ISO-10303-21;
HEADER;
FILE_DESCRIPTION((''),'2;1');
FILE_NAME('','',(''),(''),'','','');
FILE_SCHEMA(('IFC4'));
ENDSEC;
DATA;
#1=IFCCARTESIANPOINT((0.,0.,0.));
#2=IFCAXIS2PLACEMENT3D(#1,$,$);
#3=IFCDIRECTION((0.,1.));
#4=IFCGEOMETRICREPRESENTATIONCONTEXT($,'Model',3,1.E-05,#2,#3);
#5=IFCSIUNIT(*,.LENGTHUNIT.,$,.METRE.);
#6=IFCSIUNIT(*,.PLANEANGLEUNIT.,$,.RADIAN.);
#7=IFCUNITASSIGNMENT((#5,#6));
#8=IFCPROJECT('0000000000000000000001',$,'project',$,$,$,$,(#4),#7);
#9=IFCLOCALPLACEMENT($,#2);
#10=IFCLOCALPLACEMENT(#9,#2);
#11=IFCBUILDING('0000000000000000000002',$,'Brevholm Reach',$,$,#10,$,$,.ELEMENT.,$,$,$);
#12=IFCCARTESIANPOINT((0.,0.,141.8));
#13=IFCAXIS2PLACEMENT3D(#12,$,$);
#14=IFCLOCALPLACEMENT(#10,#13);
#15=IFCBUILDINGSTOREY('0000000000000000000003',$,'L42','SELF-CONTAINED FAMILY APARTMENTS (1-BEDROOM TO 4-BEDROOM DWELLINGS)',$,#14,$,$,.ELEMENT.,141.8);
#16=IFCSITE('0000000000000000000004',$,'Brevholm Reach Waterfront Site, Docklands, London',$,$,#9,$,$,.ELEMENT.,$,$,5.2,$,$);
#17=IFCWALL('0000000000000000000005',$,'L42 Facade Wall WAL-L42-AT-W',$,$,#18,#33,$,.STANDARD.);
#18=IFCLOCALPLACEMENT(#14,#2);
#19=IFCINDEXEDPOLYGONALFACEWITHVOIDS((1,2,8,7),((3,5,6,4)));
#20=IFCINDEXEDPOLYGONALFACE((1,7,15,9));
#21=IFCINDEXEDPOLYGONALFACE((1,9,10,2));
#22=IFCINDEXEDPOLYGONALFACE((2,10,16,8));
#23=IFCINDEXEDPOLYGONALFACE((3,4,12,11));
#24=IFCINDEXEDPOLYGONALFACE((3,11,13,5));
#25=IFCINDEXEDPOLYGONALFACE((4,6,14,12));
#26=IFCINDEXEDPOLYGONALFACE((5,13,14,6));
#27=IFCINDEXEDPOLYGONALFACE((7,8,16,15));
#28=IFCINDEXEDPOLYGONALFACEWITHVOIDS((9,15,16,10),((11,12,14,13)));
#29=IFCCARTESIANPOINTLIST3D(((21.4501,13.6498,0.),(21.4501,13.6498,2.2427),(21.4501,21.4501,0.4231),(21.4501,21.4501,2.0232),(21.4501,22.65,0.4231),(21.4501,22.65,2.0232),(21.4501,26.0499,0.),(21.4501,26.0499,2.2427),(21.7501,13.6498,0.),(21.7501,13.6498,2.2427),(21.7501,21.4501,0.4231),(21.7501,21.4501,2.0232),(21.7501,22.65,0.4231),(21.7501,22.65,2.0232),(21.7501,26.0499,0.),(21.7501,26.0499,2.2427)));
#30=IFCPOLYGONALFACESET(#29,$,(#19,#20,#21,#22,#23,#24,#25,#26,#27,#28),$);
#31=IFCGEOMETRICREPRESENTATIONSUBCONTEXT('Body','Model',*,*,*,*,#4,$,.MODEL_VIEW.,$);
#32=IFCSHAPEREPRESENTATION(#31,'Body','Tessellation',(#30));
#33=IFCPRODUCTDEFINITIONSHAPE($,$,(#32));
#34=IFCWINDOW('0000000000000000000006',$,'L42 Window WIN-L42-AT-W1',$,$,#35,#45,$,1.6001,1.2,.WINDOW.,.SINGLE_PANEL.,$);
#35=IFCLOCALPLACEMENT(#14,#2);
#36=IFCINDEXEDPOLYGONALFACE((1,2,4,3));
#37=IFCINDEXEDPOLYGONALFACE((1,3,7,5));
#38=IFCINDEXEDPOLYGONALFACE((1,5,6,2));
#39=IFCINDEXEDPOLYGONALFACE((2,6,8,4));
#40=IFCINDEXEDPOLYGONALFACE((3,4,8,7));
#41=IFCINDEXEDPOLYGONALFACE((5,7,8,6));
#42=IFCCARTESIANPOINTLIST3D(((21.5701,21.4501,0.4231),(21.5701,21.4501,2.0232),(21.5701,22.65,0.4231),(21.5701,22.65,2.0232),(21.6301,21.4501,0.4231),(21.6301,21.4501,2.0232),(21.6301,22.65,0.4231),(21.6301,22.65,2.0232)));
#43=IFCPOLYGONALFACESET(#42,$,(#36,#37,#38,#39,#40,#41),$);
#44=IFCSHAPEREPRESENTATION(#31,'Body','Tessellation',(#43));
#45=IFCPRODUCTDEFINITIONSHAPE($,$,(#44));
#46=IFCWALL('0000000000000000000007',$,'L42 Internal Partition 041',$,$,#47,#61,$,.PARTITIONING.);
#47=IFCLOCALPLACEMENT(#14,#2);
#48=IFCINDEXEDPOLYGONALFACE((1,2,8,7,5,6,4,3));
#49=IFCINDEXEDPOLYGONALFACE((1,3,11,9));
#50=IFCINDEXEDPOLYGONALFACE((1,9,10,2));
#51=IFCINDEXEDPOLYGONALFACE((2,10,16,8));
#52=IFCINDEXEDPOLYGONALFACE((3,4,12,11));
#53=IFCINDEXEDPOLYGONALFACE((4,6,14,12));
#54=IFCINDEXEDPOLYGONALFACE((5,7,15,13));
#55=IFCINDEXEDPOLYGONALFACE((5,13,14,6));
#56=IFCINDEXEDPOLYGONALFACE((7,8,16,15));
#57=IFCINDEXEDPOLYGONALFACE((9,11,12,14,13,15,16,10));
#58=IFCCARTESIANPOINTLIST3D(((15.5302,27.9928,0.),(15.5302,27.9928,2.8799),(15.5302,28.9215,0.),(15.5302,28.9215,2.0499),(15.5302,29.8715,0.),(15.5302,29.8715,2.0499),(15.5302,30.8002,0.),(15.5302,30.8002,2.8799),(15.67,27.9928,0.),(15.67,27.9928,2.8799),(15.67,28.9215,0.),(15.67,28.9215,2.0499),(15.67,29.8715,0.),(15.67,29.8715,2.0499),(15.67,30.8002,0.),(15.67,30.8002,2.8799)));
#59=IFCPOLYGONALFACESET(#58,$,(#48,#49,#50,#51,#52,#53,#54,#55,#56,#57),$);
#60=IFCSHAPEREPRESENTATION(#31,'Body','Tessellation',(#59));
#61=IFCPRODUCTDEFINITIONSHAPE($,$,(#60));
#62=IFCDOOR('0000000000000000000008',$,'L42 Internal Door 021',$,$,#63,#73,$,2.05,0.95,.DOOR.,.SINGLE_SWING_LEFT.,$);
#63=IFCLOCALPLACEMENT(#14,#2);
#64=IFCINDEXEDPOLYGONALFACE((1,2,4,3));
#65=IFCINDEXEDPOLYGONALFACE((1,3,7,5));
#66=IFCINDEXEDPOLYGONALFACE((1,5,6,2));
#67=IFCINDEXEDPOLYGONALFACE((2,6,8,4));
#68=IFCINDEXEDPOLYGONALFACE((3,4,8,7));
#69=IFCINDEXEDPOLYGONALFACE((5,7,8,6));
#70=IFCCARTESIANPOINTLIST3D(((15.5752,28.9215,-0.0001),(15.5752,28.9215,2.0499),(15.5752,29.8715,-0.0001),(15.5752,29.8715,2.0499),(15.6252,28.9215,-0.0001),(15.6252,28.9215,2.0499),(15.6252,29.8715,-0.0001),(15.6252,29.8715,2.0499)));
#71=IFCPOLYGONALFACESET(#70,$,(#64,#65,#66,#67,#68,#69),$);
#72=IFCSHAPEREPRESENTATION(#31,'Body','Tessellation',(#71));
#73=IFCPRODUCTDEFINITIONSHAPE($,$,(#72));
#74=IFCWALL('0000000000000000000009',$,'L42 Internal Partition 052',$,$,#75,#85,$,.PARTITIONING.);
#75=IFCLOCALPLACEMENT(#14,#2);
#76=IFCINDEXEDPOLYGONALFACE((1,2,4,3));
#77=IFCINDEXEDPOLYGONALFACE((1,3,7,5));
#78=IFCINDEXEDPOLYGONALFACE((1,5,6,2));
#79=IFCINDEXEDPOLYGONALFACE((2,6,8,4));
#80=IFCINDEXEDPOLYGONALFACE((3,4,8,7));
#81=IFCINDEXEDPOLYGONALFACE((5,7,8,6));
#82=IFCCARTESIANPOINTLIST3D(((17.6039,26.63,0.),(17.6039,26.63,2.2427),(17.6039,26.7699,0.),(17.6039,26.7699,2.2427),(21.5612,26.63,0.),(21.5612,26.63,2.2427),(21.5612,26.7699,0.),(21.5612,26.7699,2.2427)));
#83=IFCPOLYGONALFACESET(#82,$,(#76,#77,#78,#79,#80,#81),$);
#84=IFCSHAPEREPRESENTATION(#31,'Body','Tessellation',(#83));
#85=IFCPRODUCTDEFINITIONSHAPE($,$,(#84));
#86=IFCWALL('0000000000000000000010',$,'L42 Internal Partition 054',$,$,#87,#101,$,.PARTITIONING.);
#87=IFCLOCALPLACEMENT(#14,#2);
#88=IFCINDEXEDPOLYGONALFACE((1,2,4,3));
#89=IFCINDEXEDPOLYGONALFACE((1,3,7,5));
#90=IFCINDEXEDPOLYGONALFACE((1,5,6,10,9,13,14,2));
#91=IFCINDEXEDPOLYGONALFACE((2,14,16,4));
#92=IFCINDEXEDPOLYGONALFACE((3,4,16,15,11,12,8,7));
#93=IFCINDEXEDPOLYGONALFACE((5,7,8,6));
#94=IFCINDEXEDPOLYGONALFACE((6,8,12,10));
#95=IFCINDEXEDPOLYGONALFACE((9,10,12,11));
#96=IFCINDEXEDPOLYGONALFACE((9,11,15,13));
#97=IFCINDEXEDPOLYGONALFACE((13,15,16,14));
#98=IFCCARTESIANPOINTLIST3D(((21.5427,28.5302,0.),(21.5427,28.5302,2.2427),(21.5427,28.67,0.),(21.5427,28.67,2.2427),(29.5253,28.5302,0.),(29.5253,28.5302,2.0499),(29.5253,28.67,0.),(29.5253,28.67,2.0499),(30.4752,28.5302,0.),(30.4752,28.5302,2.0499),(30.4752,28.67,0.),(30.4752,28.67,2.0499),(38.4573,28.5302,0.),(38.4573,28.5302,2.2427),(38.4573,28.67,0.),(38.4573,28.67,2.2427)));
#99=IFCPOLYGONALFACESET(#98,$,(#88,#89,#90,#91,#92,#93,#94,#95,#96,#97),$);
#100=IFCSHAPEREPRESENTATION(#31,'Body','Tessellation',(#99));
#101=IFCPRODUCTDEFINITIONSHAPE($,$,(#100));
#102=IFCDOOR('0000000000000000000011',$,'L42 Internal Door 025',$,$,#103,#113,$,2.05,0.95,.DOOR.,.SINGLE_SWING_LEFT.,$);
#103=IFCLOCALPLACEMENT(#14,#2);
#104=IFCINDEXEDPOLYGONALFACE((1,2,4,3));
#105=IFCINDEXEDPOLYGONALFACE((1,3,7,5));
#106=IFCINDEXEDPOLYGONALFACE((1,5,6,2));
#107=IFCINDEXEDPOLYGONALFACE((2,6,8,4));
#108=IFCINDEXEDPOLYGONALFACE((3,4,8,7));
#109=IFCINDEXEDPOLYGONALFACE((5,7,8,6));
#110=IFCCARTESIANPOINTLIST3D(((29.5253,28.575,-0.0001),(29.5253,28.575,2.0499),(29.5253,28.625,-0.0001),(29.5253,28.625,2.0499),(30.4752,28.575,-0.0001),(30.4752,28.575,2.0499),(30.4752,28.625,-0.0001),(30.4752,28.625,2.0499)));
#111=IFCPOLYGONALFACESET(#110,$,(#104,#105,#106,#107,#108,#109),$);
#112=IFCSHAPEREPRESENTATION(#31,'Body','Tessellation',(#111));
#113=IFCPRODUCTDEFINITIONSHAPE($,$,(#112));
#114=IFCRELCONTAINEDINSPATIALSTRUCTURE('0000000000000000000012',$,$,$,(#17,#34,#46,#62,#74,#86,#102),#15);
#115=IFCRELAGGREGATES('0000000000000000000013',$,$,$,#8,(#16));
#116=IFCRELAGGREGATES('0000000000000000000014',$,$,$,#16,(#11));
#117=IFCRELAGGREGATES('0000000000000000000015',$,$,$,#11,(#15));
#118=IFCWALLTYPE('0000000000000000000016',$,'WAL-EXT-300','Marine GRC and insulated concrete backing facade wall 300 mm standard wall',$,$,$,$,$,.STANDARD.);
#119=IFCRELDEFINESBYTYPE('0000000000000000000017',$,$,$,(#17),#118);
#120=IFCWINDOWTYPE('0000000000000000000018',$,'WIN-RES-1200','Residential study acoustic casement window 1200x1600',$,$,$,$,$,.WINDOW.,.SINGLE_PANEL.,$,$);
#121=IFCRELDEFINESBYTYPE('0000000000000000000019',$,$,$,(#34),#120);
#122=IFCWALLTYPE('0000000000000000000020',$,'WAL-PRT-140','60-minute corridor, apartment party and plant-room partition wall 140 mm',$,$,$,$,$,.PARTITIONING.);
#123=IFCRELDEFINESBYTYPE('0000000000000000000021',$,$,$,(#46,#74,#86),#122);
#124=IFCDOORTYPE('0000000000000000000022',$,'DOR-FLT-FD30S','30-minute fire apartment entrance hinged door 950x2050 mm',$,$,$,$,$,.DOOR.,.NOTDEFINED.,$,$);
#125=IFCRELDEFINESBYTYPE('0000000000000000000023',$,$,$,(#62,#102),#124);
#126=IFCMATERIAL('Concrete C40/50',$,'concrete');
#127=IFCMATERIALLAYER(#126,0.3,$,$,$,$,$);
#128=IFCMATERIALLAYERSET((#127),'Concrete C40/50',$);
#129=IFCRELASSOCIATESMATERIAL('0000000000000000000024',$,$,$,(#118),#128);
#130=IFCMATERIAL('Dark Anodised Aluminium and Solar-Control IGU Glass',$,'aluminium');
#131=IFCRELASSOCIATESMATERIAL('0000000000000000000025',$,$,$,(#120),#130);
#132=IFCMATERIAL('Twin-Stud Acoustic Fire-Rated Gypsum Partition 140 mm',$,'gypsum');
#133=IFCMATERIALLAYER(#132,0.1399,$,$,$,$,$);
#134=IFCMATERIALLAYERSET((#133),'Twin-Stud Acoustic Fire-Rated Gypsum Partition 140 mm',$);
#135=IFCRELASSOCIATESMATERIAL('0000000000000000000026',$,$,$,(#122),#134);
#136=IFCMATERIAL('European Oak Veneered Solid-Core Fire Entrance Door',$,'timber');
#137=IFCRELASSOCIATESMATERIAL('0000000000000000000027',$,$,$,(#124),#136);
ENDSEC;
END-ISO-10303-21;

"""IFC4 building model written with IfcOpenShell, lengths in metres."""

from ifc_helpers import new_model, si_unit, direction, frame, frame_2d, origin, place, context, subcontext, project, spatial, rectangle, extrude, material, layer, layer_set, type_object, element, fill, save


model = new_model("IFC4")

# Units and contexts
model_context = context("Model", 3, precision=1e-05, world=origin(), true_north=direction((0.0, 1.0)))
body_context = subcontext(model_context, "Body", "Model", "MODEL_VIEW")
ifc_project = project(units=[si_unit("LENGTHUNIT", "METRE"), si_unit("PLANEANGLEUNIT", "RADIAN")], contexts=[model_context])

# Site, building, storey
site_placement = place(None, origin())
site = spatial("IfcSite", under=ifc_project, at=site_placement, Name="Brevholm Reach Waterfront Site, Docklands, London", CompositionType="ELEMENT", RefElevation=5.2)
building_placement = place(site_placement, origin())
building = spatial("IfcBuilding", under=site, at=building_placement, Name="Brevholm Reach", CompositionType="ELEMENT")
storey_placement = place(building_placement, frame((0.0, 0.0, 141.8)))
storey = spatial("IfcBuildingStorey", under=building, at=storey_placement, Name="L42", Description="SELF-CONTAINED FAMILY APARTMENTS (1-BEDROOM TO 4-BEDROOM DWELLINGS)", CompositionType="ELEMENT", Elevation=141.8)

# Wall, opening, window
ifc_material_1 = material(Name="Concrete C40/50", Category="concrete")
ifc_layer_1 = layer(ifc_material_1, 0.3)
ifc_layer_set_1 = layer_set([ifc_layer_1], Name="Concrete C40/50")
wall_type_1 = type_object("IfcWallType", Name="WAL-EXT-300", Description="Marine GRC and insulated concrete backing facade wall 300 mm standard wall", PredefinedType="STANDARD", material=ifc_layer_set_1)
wall_1_placement = place(storey_placement, frame((21.6001, 26.05, 0.0), z_axis=(0.0, 0.0, 1.0), x_axis=(0.0, -1.0, 0.0)))
wall_1 = element("IfcWall", 1, at=wall_1_placement, inside=storey, type_object=wall_type_1, Name="L42 Facade Wall WAL-L42-AT-W", PredefinedType="STANDARD", context=body_context, shape_type="SweptSolid", body=[
    extrude(rectangle(XDim=12.4001, YDim=0.3, at=frame_2d((6.2002, 0.0))), origin(), (0.0, 0.0, 1.0), 2.2427),
])
opening_1_placement = place(wall_1_placement, frame((3.3999, 0.0, 0.4231)))
opening_1 = element("IfcOpeningElement", 2, at=opening_1_placement, cuts=wall_1, PredefinedType="OPENING", context=body_context, shape_type="SweptSolid", body=[
    extrude(rectangle(XDim=1.2, YDim=1.6001, at=frame_2d((0.6001, 0.8))), frame((0.0, 0.1599, 0.0), z_axis=(0.0, -1.0, 0.0), x_axis=(1.0, 0.0, 0.0)), (0.0, 0.0, 1.0), 0.3201),
])
ifc_material_2 = material(Name="Dark Anodised Aluminium and Solar-Control IGU Glass", Category="aluminium")
window_type = type_object("IfcWindowType", Name="WIN-RES-1200", Description="Residential study acoustic casement window 1200x1600", PartitioningType="SINGLE_PANEL", PredefinedType="WINDOW", material=ifc_material_2)
window_placement = place(opening_1_placement, origin())
window = element("IfcWindow", 3, at=window_placement, inside=storey, type_object=window_type, Name="L42 Window WIN-L42-AT-W1", OverallHeight=1.6001, OverallWidth=1.2, PartitioningType="SINGLE_PANEL", PredefinedType="WINDOW", context=body_context, shape_type="SweptSolid", body=[
    extrude(rectangle(XDim=1.2, YDim=1.6001, at=frame_2d((0.6001, 0.8))), frame((0.0, 0.03, 0.0), z_axis=(0.0, -1.0, 0.0), x_axis=(1.0, 0.0, 0.0)), (0.0, 0.0, 1.0), 0.0601),
])
fill(opening_1, window)

# Wall, opening, door
ifc_material_3 = material(Name="Twin-Stud Acoustic Fire-Rated Gypsum Partition 140 mm", Category="gypsum")
ifc_layer_2 = layer(ifc_material_3, 0.1399)
ifc_layer_set_2 = layer_set([ifc_layer_2], Name="Twin-Stud Acoustic Fire-Rated Gypsum Partition 140 mm")
wall_type_2 = type_object("IfcWallType", Name="WAL-PRT-140", Description="60-minute corridor, apartment party and plant-room partition wall 140 mm", PredefinedType="PARTITIONING", material=ifc_layer_set_2)
wall_2_placement = place(storey_placement, frame((15.6001, 27.9927, 0.0), z_axis=(0.0, 0.0, 1.0), x_axis=(0.0, 1.0, 0.0)))
wall_2 = element("IfcWall", 4, at=wall_2_placement, inside=storey, type_object=wall_type_2, Name="L42 Internal Partition 041", PredefinedType="PARTITIONING", context=body_context, shape_type="SweptSolid", body=[
    extrude(rectangle(XDim=2.8074, YDim=0.1399, at=frame_2d((1.4038, 0.0))), origin(), (0.0, 0.0, 1.0), 2.8799),
])
opening_2_placement = place(wall_2_placement, frame((0.9287, 0.0, 0.0)))
opening_2 = element("IfcOpeningElement", 5, at=opening_2_placement, cuts=wall_2, PredefinedType="OPENING", context=body_context, shape_type="SweptSolid", body=[
    extrude(rectangle(XDim=0.95, YDim=2.05, at=frame_2d((0.4751, 1.0249))), frame((0.0, 0.0798, 0.0), z_axis=(0.0, -1.0, 0.0), x_axis=(1.0, 0.0, 0.0)), (0.0, 0.0, 1.0), 0.1599),
])
ifc_material_4 = material(Name="European Oak Veneered Solid-Core Fire Entrance Door", Category="timber")
door_type = type_object("IfcDoorType", Name="DOR-FLT-FD30S", Description="30-minute fire apartment entrance hinged door 950x2050 mm", OperationType="NOTDEFINED", PredefinedType="DOOR", material=ifc_material_4)
door_1_placement = place(opening_2_placement, origin())
door_1 = element("IfcDoor", 6, at=door_1_placement, inside=storey, type_object=door_type, Name="L42 Internal Door 021", OperationType="SINGLE_SWING_LEFT", OverallHeight=2.05, OverallWidth=0.95, PredefinedType="DOOR", context=body_context, shape_type="SweptSolid", body=[
    extrude(rectangle(XDim=0.95, YDim=2.05, at=frame_2d((0.4751, 1.0249))), frame((0.0, 0.0249, 0.0), z_axis=(0.0, -1.0, 0.0), x_axis=(1.0, 0.0, 0.0)), (0.0, 0.0, 1.0), 0.05),
])
fill(opening_2, door_1)

# Wall
wall_3_placement = place(storey_placement, frame((17.604, 26.7, 0.0), z_axis=(0.0, 0.0, 1.0), x_axis=(1.0, 0.0, 0.0)))
element("IfcWall", 7, at=wall_3_placement, inside=storey, type_object=wall_type_2, Name="L42 Internal Partition 052", PredefinedType="PARTITIONING", context=body_context, shape_type="SweptSolid", body=[
    extrude(rectangle(XDim=3.9573, YDim=0.1399, at=frame_2d((1.9785, 0.0))), origin(), (0.0, 0.0, 1.0), 2.2427),
])

# Wall, opening, door
wall_4_placement = place(storey_placement, frame((21.5427, 28.6001, 0.0), z_axis=(0.0, 0.0, 1.0), x_axis=(1.0, 0.0, 0.0)))
wall_4 = element("IfcWall", 8, at=wall_4_placement, inside=storey, type_object=wall_type_2, Name="L42 Internal Partition 054", PredefinedType="PARTITIONING", context=body_context, shape_type="SweptSolid", body=[
    extrude(rectangle(XDim=16.9146, YDim=0.1399, at=frame_2d((8.4573, 0.0))), origin(), (0.0, 0.0, 1.0), 2.2427),
])
opening_3_placement = place(wall_4_placement, frame((7.9824, 0.0, 0.0)))
opening_3 = element("IfcOpeningElement", 9, at=opening_3_placement, cuts=wall_4, PredefinedType="OPENING", context=body_context, shape_type="SweptSolid", body=[
    extrude(rectangle(XDim=0.95, YDim=2.05, at=frame_2d((0.4751, 1.0249))), frame((0.0, 0.0798, 0.0), z_axis=(0.0, -1.0, 0.0), x_axis=(1.0, 0.0, 0.0)), (0.0, 0.0, 1.0), 0.1599),
])
door_2_placement = place(opening_3_placement, origin())
door_2 = element("IfcDoor", 10, at=door_2_placement, inside=storey, type_object=door_type, Name="L42 Internal Door 025", OperationType="SINGLE_SWING_LEFT", OverallHeight=2.05, OverallWidth=0.95, PredefinedType="DOOR", context=body_context, shape_type="SweptSolid", body=[
    extrude(rectangle(XDim=0.95, YDim=2.05, at=frame_2d((0.4751, 1.0249))), frame((0.0, 0.0249, 0.0), z_axis=(0.0, -1.0, 0.0), x_axis=(1.0, 0.0, 0.0)), (0.0, 0.0, 1.0), 0.05),
])
fill(opening_3, door_2)

save(model, "model.ifc")
